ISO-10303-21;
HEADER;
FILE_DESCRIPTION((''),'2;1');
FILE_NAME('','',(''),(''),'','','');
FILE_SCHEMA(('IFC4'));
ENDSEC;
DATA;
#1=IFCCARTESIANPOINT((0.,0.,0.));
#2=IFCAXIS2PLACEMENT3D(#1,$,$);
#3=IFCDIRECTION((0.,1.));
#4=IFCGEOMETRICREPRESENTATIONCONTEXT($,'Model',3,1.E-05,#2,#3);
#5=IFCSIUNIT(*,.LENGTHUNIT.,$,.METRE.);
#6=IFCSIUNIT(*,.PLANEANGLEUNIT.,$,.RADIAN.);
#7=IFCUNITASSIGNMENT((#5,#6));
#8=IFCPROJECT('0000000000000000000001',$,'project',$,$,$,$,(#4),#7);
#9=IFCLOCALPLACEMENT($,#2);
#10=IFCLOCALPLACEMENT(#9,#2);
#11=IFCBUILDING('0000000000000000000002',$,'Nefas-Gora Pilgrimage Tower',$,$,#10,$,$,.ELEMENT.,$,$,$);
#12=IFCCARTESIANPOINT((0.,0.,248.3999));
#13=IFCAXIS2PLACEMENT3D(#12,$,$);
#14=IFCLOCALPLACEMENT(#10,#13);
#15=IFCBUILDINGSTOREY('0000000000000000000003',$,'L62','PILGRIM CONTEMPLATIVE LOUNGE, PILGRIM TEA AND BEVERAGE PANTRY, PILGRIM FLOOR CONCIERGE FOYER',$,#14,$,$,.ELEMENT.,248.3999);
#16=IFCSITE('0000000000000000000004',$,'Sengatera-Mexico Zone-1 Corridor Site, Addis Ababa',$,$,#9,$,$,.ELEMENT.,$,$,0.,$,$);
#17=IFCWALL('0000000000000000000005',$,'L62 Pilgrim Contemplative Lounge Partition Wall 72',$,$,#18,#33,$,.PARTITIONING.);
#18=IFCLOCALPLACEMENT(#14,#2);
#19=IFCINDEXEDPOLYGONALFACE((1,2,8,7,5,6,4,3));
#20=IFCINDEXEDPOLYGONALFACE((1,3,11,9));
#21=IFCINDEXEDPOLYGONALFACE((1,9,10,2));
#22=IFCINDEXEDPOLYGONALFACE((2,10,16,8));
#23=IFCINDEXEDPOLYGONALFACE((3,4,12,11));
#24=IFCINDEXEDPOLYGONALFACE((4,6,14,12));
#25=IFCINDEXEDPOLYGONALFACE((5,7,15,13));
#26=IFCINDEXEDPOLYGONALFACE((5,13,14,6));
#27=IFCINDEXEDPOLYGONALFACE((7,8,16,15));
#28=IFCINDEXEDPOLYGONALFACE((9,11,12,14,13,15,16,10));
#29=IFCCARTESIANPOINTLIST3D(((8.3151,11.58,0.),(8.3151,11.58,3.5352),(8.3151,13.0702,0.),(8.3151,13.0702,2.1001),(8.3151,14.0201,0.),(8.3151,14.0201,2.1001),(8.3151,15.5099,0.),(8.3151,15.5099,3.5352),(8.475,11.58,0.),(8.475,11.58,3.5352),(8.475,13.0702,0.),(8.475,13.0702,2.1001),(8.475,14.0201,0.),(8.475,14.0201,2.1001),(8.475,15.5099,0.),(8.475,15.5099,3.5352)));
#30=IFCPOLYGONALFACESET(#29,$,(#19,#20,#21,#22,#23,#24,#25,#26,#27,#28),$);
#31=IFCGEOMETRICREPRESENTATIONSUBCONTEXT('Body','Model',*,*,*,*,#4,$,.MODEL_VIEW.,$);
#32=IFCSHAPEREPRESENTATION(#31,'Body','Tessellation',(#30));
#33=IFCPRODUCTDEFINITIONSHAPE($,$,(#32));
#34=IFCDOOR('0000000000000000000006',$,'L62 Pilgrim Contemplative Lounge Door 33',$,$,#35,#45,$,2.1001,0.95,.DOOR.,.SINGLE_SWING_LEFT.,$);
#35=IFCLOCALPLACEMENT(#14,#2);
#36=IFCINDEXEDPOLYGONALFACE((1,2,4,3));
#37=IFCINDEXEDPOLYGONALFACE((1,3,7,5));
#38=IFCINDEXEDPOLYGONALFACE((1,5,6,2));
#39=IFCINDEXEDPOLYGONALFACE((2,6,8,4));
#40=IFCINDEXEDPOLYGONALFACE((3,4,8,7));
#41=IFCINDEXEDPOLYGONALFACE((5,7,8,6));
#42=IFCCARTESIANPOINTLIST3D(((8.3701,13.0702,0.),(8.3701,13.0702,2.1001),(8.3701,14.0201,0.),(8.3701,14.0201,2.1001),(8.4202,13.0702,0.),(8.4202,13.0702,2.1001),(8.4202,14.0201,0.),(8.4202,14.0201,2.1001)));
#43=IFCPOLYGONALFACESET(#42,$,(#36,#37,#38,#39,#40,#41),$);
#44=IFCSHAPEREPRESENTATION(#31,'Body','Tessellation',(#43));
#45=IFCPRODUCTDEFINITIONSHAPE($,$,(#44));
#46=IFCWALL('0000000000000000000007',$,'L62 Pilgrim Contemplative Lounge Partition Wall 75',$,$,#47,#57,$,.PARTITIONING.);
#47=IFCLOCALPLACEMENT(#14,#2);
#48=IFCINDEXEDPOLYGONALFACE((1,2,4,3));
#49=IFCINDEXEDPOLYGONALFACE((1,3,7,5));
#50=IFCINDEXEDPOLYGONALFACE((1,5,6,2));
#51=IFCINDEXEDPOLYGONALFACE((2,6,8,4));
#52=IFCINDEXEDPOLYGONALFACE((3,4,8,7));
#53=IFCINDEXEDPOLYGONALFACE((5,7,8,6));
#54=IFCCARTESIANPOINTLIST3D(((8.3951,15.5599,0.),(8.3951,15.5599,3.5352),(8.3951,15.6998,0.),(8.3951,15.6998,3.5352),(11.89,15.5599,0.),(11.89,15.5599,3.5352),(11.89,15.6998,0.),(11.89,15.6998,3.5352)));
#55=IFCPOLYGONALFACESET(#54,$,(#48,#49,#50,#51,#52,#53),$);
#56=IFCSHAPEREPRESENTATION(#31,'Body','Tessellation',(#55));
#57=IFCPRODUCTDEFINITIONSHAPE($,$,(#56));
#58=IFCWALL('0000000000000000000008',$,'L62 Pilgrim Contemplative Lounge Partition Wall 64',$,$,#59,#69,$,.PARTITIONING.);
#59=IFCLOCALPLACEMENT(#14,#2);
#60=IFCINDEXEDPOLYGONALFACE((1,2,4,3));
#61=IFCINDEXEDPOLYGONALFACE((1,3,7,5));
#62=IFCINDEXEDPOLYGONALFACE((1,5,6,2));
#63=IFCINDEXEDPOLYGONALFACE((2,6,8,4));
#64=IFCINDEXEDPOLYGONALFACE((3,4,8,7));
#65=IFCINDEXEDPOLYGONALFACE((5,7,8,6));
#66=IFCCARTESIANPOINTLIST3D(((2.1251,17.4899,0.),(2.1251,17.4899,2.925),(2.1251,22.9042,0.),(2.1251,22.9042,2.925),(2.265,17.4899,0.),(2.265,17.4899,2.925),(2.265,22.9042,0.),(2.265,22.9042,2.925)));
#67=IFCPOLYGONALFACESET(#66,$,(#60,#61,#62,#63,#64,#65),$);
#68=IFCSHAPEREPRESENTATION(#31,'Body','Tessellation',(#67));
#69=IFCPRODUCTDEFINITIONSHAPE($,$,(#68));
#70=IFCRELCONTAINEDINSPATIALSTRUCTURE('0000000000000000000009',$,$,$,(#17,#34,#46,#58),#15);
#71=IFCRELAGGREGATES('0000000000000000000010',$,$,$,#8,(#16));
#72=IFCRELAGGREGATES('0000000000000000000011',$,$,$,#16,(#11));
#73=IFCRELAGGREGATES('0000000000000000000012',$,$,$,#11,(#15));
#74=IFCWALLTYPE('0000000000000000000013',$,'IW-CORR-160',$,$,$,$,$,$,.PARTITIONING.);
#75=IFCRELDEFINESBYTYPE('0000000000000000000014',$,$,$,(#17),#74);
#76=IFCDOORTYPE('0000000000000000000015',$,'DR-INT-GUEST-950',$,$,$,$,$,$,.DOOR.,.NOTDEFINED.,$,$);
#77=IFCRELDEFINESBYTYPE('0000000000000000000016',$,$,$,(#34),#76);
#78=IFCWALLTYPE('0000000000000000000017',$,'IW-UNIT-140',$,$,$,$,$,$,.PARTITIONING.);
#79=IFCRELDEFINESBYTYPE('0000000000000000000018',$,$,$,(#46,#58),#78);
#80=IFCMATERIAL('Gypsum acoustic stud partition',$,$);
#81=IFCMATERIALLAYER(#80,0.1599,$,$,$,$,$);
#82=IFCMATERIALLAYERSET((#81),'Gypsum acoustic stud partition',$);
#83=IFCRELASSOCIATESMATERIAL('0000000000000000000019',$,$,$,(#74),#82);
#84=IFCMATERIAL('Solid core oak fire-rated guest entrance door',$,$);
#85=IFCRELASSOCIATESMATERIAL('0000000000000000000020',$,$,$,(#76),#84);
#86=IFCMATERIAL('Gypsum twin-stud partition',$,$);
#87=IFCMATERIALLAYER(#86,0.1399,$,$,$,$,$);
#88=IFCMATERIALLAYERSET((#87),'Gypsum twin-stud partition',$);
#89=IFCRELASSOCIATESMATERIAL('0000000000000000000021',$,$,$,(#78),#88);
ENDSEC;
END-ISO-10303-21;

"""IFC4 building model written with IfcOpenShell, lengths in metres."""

from ifc_helpers import new_model, si_unit, direction, frame, frame_2d, origin, place, context, subcontext, project, spatial, rectangle, extrude, source, transform, mapped, material, layer, layer_set, type_object, element, fill, save


model = new_model("IFC4")

# Units and contexts
model_context = context("Model", 3, precision=1e-05, world=origin(), true_north=direction((0.0, 1.0)))
body_context = subcontext(model_context, "Body", "Model", "MODEL_VIEW")
ifc_project = project(units=[si_unit("LENGTHUNIT", "METRE"), si_unit("PLANEANGLEUNIT", "RADIAN")], contexts=[model_context])

# Site, building, storey
site_placement = place(None, origin())
site = spatial("IfcSite", under=ifc_project, at=site_placement, Name="Sengatera-Mexico Zone-1 Corridor Site, Addis Ababa", CompositionType="ELEMENT", RefElevation=0.0)
building_placement = place(site_placement, origin())
building = spatial("IfcBuilding", under=site, at=building_placement, Name="Nefas-Gora Pilgrimage Tower", CompositionType="ELEMENT")
storey_placement = place(building_placement, frame((0.0, 0.0, 248.3999)))
storey = spatial("IfcBuildingStorey", under=building, at=storey_placement, Name="L62", Description="PILGRIM CONTEMPLATIVE LOUNGE, PILGRIM TEA AND BEVERAGE PANTRY, PILGRIM FLOOR CONCIERGE FOYER", CompositionType="ELEMENT", Elevation=248.3999)

# Shared definitions
ifc_material_1 = material(Name="Gypsum acoustic stud partition")
ifc_layer_1 = layer(ifc_material_1, 0.1599)
ifc_layer_set_1 = layer_set([ifc_layer_1], Name="Gypsum acoustic stud partition")
wall_type_1 = type_object("IfcWallType", Name="IW-CORR-160", PredefinedType="PARTITIONING", material=ifc_layer_set_1)
ifc_material_2 = material(Name="Solid core oak fire-rated guest entrance door")
door_type_1 = type_object("IfcDoorType", Name="DR-INT-GUEST-950", OperationType="NOTDEFINED", PredefinedType="DOOR", material=ifc_material_2)
shared_shape_1 = source(origin(), body_context, "Body", "SweptSolid", [
    extrude(rectangle(XDim=0.95, YDim=2.1001, at=frame_2d((0.4751, 1.05))), frame((0.0, 0.0249, 0.0), z_axis=(0.0, -1.0, 0.0), x_axis=(1.0, 0.0, 0.0)), (0.0, 0.0, 1.0), 0.05),
])

# Shared definitions
ifc_material_3 = material(Name="Gypsum twin-stud partition")
ifc_layer_2 = layer(ifc_material_3, 0.1399)
ifc_layer_set_2 = layer_set([ifc_layer_2], Name="Gypsum twin-stud partition")
wall_type_2 = type_object("IfcWallType", Name="IW-UNIT-140", PredefinedType="PARTITIONING", material=ifc_layer_set_2)

# Wall, opening, door
shared_shape_2 = source(origin(), body_context, "Body", "SweptSolid", [
    extrude(rectangle(XDim=3.9299, YDim=0.1599, at=frame_2d((1.9648, 0.0))), origin(), (0.0, 0.0, 1.0), 3.5352),
])
wall_1_placement = place(storey_placement, frame((8.395, 11.5801, 0.0), z_axis=(0.0, 0.0, 1.0), x_axis=(0.0, 1.0, 0.0)))
wall_1 = element("IfcWall", 1, at=wall_1_placement, inside=storey, type_object=wall_type_1, Name="L62 Pilgrim Contemplative Lounge Partition Wall 72", PredefinedType="PARTITIONING", context=body_context, shape_type="MappedRepresentation", body=[
    mapped(shared_shape_2, transform((0.0, 0.0, 0.0), x_axis=(1.0, 0.0, 0.0), y_axis=(0.0, 1.0, 0.0), z_axis=(0.0, 0.0, 1.0), scale=1.0)),
])
opening_1_placement = place(wall_1_placement, frame((1.49, 0.0, 0.0)))
opening_1 = element("IfcOpeningElement", 2, at=opening_1_placement, cuts=wall_1, PredefinedType="OPENING", context=body_context, shape_type="SweptSolid", body=[
    extrude(rectangle(XDim=0.95, YDim=2.1001, at=frame_2d((0.4751, 1.05))), frame((0.0, 0.0898, 0.0), z_axis=(0.0, -1.0, 0.0), x_axis=(1.0, 0.0, 0.0)), (0.0, 0.0, 1.0), 0.1799),
])
door_1_placement = place(opening_1_placement, origin())
door_1 = element("IfcDoor", 3, at=door_1_placement, inside=storey, type_object=door_type_1, Name="L62 Pilgrim Contemplative Lounge Door 33", OperationType="SINGLE_SWING_LEFT", OverallHeight=2.1001, OverallWidth=0.95, PredefinedType="DOOR", context=body_context, shape_type="MappedRepresentation", body=[
    mapped(shared_shape_1, transform((0.0, 0.0, 0.0), x_axis=(1.0, 0.0, 0.0), y_axis=(0.0, 1.0, 0.0), z_axis=(0.0, 0.0, 1.0), scale=1.0)),
])
fill(opening_1, door_1)

# Walls
shared_shape_3 = source(origin(), body_context, "Body", "SweptSolid", [
    extrude(rectangle(XDim=3.4949, YDim=0.1399, at=frame_2d((1.7476, 0.0))), origin(), (0.0, 0.0, 1.0), 3.5352),
])
wall_2_placement = place(storey_placement, frame((8.395, 15.6299, 0.0), z_axis=(0.0, 0.0, 1.0), x_axis=(1.0, 0.0, 0.0)))
element("IfcWall", 4, at=wall_2_placement, inside=storey, type_object=wall_type_2, Name="L62 Pilgrim Contemplative Lounge Partition Wall 75", PredefinedType="PARTITIONING", context=body_context, shape_type="MappedRepresentation", body=[
    mapped(shared_shape_3, transform((0.0, 0.0, 0.0), x_axis=(1.0, 0.0, 0.0), y_axis=(0.0, 1.0, 0.0), z_axis=(0.0, 0.0, 1.0), scale=1.0)),
])
shared_shape_4 = source(origin(), body_context, "Body", "SweptSolid", [
    extrude(rectangle(XDim=5.4143, YDim=0.1399, at=frame_2d((2.707, 0.0))), origin(), (0.0, 0.0, 1.0), 2.925),
])
wall_3_placement = place(storey_placement, frame((2.1951, 17.49, 0.0), z_axis=(0.0, 0.0, 1.0), x_axis=(0.0, 1.0, 0.0)))
element("IfcWall", 5, at=wall_3_placement, inside=storey, type_object=wall_type_2, Name="L62 Pilgrim Contemplative Lounge Partition Wall 64", PredefinedType="PARTITIONING", context=body_context, shape_type="MappedRepresentation", body=[
    mapped(shared_shape_4, transform((0.0, 0.0, 0.0), x_axis=(1.0, 0.0, 0.0), y_axis=(0.0, 1.0, 0.0), z_axis=(0.0, 0.0, 1.0), scale=1.0)),
])

save(model, "model.ifc")
